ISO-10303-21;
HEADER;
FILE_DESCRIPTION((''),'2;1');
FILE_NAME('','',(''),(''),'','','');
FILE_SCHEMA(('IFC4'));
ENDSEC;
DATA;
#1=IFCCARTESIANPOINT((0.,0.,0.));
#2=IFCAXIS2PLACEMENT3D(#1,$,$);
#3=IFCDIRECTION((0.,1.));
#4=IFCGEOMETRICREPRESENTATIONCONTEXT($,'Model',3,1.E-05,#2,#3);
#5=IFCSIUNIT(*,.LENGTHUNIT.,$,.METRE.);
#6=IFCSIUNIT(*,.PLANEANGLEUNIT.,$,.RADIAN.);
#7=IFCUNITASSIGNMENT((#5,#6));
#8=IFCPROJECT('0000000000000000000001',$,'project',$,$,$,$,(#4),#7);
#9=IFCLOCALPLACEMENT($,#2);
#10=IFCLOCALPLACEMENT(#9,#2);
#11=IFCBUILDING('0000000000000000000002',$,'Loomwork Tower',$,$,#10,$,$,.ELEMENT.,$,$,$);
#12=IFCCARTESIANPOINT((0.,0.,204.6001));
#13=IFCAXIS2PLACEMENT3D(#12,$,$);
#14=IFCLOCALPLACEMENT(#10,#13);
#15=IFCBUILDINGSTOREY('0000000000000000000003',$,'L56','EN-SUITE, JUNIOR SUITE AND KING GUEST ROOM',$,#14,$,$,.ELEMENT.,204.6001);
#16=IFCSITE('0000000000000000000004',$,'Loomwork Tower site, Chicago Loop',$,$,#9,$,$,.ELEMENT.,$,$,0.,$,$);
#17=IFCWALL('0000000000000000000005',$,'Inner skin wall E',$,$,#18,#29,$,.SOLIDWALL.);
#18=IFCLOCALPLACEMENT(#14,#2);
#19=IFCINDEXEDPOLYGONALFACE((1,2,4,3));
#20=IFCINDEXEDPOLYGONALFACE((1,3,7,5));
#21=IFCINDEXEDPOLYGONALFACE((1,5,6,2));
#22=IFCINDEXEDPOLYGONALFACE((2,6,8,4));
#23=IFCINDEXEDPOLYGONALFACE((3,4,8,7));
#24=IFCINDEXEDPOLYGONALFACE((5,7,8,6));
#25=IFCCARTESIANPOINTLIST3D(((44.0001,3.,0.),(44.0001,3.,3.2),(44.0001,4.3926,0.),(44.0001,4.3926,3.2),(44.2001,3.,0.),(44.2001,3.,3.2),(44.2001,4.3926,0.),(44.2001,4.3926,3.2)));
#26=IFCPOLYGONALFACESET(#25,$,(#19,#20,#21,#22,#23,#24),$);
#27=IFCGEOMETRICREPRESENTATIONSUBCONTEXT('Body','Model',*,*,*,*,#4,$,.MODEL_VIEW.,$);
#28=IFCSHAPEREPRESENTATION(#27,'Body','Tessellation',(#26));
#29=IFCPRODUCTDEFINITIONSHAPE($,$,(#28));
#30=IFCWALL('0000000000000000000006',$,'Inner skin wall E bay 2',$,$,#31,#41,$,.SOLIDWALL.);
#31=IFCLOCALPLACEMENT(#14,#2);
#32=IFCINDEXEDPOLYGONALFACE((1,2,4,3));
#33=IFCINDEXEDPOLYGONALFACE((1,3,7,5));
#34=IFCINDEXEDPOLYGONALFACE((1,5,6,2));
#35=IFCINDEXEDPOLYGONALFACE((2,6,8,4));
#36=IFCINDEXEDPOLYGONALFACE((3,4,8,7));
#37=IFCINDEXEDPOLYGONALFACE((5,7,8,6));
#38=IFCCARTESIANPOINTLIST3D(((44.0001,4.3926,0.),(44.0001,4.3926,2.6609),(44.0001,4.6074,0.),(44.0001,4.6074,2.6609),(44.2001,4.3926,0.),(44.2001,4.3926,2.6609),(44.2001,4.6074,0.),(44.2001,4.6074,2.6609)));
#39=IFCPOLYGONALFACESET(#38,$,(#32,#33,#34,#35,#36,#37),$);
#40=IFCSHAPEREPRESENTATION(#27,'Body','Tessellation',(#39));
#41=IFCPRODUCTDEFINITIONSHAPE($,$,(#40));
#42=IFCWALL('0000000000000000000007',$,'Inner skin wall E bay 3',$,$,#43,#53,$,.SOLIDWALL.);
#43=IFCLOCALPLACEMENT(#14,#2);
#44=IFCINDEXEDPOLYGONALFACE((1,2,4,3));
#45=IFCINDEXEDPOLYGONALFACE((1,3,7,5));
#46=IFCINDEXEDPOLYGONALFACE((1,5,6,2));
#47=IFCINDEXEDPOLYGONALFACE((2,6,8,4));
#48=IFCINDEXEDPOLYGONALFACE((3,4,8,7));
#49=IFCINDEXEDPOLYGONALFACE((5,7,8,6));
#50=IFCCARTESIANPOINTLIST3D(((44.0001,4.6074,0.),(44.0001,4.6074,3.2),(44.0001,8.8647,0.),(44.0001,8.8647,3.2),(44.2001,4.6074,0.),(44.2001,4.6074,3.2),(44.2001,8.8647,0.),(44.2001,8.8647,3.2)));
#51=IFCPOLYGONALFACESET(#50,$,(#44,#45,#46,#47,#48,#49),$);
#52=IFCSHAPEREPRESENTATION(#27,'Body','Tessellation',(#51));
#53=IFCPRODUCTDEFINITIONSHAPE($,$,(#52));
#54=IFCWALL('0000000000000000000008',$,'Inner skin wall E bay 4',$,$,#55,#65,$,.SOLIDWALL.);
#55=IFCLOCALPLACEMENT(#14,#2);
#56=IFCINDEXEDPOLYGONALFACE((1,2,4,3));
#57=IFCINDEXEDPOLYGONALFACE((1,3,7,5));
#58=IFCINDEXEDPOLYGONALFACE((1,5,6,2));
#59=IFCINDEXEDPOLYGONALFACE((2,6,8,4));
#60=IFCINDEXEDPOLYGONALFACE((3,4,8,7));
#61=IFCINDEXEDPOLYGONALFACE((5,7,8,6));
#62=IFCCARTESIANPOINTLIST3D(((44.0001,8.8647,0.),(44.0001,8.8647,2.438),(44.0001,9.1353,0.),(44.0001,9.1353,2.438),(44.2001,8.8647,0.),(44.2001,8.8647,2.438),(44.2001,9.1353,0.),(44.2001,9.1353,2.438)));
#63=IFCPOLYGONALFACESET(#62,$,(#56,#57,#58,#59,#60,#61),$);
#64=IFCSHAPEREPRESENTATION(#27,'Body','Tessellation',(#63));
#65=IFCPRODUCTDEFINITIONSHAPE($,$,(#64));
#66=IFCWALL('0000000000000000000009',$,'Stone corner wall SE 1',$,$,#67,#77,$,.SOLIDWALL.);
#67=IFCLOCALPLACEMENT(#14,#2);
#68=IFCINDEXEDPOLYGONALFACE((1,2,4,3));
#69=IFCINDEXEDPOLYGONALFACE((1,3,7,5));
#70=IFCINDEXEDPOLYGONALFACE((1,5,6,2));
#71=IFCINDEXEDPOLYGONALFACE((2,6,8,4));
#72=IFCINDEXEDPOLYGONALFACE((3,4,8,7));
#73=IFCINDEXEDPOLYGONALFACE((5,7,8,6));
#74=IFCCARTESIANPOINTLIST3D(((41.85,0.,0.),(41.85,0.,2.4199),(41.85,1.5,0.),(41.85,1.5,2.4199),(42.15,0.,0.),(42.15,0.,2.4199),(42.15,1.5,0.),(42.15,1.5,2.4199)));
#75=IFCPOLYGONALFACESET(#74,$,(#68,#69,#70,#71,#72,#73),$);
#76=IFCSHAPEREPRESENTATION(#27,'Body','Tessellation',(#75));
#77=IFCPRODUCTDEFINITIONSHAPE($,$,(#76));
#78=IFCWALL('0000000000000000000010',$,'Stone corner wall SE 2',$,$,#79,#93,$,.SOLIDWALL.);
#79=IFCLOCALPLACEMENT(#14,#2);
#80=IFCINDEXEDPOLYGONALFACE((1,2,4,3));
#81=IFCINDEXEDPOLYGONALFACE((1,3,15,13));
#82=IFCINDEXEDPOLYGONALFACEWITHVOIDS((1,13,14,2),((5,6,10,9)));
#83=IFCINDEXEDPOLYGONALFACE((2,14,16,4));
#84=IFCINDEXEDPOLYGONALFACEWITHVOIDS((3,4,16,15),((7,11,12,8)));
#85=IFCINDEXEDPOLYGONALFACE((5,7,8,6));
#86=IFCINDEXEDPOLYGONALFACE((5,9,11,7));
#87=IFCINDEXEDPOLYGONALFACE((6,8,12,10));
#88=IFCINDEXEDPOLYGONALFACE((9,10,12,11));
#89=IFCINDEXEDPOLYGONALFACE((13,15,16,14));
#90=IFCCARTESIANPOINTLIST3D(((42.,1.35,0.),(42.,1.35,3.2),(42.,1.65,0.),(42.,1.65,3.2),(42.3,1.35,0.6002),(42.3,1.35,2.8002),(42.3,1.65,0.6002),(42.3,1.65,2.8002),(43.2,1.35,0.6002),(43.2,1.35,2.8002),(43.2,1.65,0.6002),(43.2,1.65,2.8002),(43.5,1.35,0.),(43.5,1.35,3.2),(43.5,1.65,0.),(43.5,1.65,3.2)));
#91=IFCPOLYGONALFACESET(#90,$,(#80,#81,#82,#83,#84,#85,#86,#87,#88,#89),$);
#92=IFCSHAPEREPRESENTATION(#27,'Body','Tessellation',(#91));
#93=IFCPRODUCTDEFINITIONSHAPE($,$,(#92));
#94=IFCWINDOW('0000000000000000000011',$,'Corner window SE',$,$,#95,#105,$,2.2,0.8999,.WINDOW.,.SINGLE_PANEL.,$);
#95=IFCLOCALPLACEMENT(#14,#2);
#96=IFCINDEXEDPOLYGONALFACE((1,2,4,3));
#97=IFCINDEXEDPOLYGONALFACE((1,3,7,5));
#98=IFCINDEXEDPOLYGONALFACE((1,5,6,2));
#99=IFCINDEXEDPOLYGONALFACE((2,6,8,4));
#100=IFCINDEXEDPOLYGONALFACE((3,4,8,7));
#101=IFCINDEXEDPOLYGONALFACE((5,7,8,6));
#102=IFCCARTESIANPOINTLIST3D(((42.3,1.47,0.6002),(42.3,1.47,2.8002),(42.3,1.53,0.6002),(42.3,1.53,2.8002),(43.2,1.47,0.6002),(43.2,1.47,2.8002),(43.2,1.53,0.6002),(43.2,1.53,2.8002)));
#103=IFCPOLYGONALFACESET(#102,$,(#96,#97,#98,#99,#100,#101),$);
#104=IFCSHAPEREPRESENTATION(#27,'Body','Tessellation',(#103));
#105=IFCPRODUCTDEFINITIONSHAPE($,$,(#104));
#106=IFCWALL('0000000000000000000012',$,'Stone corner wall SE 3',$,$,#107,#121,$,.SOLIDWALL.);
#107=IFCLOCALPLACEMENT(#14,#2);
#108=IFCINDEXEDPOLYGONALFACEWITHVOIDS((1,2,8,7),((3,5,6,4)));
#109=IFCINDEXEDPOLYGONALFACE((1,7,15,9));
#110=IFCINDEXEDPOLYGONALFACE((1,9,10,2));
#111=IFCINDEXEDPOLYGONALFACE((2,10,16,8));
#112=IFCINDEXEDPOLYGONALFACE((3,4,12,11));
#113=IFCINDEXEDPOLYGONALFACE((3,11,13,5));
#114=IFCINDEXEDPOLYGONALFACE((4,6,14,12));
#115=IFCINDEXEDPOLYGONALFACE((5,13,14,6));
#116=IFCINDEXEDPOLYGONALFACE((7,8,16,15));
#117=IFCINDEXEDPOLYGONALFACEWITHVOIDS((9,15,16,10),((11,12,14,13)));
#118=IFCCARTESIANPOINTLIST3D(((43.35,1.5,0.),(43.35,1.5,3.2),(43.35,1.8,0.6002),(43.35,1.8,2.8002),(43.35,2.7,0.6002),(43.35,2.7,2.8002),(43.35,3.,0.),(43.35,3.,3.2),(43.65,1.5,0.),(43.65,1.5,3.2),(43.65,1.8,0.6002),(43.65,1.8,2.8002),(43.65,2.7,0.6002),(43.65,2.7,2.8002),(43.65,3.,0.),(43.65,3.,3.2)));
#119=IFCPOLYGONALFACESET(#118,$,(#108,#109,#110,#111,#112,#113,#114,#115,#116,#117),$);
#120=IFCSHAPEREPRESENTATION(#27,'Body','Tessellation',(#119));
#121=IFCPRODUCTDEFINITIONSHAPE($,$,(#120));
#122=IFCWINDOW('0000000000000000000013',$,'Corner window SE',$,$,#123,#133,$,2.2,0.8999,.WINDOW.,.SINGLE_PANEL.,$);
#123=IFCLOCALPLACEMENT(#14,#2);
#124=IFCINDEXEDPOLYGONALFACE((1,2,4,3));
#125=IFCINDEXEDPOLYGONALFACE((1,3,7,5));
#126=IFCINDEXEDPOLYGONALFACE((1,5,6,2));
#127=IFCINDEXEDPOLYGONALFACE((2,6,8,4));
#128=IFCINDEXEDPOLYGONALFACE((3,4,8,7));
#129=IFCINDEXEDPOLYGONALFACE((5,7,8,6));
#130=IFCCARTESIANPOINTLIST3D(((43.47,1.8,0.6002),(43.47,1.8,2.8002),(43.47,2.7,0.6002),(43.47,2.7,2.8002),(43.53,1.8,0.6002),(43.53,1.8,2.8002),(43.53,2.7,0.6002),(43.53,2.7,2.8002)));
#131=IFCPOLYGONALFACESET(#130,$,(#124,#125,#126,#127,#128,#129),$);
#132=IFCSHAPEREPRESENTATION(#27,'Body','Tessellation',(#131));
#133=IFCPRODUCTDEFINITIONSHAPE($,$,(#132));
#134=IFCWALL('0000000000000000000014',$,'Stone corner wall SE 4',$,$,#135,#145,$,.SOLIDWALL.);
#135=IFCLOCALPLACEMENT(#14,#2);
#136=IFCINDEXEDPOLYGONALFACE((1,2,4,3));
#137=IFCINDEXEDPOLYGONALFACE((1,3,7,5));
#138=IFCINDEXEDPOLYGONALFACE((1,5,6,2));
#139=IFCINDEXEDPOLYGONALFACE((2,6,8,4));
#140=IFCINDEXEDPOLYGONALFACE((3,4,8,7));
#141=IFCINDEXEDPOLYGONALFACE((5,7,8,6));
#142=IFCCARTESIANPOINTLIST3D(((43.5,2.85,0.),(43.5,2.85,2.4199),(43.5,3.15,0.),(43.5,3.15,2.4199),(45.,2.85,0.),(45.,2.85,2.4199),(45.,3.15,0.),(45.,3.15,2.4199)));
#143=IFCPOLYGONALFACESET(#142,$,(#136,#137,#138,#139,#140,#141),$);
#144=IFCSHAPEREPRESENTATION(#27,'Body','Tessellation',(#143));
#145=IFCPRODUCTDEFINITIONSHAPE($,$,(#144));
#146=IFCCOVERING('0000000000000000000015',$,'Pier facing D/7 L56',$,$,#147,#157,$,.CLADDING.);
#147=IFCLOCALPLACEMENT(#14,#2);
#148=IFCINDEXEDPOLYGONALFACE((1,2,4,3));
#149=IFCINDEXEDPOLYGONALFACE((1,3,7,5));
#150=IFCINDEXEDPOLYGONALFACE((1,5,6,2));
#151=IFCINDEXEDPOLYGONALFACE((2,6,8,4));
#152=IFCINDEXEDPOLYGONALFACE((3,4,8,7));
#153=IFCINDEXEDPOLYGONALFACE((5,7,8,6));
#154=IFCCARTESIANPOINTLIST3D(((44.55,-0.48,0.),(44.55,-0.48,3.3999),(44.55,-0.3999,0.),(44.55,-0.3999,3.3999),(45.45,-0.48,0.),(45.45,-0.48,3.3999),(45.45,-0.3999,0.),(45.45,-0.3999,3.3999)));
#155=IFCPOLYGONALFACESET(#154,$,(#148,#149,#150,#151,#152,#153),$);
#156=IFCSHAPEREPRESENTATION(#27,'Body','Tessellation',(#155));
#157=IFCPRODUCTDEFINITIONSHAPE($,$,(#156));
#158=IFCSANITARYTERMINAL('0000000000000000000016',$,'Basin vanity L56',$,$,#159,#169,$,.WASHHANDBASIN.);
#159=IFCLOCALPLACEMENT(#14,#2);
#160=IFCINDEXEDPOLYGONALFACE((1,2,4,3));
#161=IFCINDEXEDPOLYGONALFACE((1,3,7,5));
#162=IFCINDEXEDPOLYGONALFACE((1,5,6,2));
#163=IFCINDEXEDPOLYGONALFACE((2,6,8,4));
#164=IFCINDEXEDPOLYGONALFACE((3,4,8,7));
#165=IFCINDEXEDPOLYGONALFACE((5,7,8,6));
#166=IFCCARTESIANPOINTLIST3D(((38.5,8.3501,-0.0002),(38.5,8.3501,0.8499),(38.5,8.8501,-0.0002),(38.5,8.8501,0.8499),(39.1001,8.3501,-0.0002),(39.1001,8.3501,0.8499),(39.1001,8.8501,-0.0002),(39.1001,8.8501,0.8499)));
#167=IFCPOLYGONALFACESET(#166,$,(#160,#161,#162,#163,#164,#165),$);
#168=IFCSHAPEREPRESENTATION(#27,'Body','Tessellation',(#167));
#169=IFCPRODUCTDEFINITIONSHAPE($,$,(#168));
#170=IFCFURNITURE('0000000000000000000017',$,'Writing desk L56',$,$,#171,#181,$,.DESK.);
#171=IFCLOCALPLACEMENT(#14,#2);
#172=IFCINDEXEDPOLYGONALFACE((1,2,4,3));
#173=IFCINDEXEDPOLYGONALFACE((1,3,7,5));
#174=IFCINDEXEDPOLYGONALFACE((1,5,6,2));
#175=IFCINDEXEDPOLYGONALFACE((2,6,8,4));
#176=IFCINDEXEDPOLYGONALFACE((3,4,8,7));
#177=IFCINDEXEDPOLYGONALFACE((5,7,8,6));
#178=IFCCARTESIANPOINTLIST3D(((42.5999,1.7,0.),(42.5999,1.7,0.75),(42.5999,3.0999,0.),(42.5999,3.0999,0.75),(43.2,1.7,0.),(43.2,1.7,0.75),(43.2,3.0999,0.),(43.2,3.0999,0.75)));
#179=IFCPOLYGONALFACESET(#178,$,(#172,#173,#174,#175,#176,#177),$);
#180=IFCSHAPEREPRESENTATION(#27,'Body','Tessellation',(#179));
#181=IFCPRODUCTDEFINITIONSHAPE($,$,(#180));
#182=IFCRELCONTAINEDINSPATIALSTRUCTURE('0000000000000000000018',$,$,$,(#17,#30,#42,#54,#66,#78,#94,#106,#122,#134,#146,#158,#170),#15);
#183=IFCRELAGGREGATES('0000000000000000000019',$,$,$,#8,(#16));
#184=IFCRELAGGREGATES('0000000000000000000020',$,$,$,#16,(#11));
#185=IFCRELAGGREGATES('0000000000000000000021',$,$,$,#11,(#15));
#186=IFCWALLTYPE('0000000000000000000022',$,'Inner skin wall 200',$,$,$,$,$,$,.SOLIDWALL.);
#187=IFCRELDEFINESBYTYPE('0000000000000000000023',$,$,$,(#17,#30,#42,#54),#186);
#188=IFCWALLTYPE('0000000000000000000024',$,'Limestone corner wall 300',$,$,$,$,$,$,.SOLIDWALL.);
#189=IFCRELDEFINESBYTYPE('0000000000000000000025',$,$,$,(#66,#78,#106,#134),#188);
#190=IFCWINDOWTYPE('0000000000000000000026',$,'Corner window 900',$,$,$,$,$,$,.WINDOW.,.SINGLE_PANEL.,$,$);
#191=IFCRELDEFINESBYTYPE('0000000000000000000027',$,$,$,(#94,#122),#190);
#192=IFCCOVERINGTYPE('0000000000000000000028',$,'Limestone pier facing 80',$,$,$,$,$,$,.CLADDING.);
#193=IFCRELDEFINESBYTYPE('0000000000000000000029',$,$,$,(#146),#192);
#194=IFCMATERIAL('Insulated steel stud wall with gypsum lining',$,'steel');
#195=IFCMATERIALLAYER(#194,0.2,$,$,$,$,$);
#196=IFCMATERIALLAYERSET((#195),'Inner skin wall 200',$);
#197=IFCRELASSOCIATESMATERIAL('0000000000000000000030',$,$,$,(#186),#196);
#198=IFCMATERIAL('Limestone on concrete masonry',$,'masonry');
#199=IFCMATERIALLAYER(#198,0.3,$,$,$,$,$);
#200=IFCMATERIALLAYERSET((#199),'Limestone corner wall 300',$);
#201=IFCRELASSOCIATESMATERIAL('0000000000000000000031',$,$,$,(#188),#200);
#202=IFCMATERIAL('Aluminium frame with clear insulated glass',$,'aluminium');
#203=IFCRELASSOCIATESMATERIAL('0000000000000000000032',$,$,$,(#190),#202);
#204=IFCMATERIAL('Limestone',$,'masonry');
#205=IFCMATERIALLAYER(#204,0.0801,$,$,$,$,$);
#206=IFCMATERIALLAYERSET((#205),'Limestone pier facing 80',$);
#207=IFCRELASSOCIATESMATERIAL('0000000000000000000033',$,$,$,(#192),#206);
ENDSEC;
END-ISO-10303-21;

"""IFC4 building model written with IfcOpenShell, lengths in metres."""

from ifc_helpers import new_model, si_unit, direction, frame, frame_2d, origin, origin_2d, place, context, subcontext, project, spatial, rectangle, extrude, material, layer, layer_set, type_object, element, fill, save


model = new_model("IFC4")

# Units and contexts
model_context = context("Model", 3, precision=1e-05, world=origin(), true_north=direction((0.0, 1.0)))
body_context = subcontext(model_context, "Body", "Model", "MODEL_VIEW")
ifc_project = project(units=[si_unit("LENGTHUNIT", "METRE"), si_unit("PLANEANGLEUNIT", "RADIAN")], contexts=[model_context])

# Site, building, storey
site_placement = place(None, origin())
site = spatial("IfcSite", under=ifc_project, at=site_placement, Name="Loomwork Tower site, Chicago Loop", CompositionType="ELEMENT", RefElevation=0.0)
building_placement = place(site_placement, origin())
building = spatial("IfcBuilding", under=site, at=building_placement, Name="Loomwork Tower", CompositionType="ELEMENT")
storey_placement = place(building_placement, frame((0.0, 0.0, 204.6001)))
storey = spatial("IfcBuildingStorey", under=building, at=storey_placement, Name="L56", Description="EN-SUITE, JUNIOR SUITE AND KING GUEST ROOM", CompositionType="ELEMENT", Elevation=204.6001)

# Walls
ifc_material_1 = material(Name="Insulated steel stud wall with gypsum lining", Category="steel")
ifc_layer_1 = layer(ifc_material_1, 0.2)
ifc_layer_set_1 = layer_set([ifc_layer_1], Name="Inner skin wall 200")
wall_type_1 = type_object("IfcWallType", Name="Inner skin wall 200", PredefinedType="SOLIDWALL", material=ifc_layer_set_1)
wall_1_placement = place(storey_placement, frame((44.1001, 3.0, 0.0), z_axis=(0.0, 0.0, 1.0), x_axis=(0.0, 1.0, 0.0)))
element("IfcWall", 1, at=wall_1_placement, inside=storey, type_object=wall_type_1, Name="Inner skin wall E", PredefinedType="SOLIDWALL", context=body_context, shape_type="SweptSolid", body=[
    extrude(rectangle(XDim=1.3926, YDim=0.2, at=frame_2d((0.6963, 0.0))), origin(), (0.0, 0.0, 1.0), 3.2),
])
wall_2_placement = place(storey_placement, frame((44.1001, 4.3926, 0.0), z_axis=(0.0, 0.0, 1.0), x_axis=(0.0, 1.0, 0.0)))
element("IfcWall", 2, at=wall_2_placement, inside=storey, type_object=wall_type_1, Name="Inner skin wall E bay 2", PredefinedType="SOLIDWALL", context=body_context, shape_type="SweptSolid", body=[
    extrude(rectangle(XDim=0.2148, YDim=0.2, at=frame_2d((0.1074, 0.0))), origin(), (0.0, 0.0, 1.0), 2.6609),
])
wall_3_placement = place(storey_placement, frame((44.1001, 4.6074, 0.0), z_axis=(0.0, 0.0, 1.0), x_axis=(0.0, 1.0, 0.0)))
element("IfcWall", 3, at=wall_3_placement, inside=storey, type_object=wall_type_1, Name="Inner skin wall E bay 3", PredefinedType="SOLIDWALL", context=body_context, shape_type="SweptSolid", body=[
    extrude(rectangle(XDim=4.2573, YDim=0.2, at=frame_2d((2.1287, 0.0))), origin(), (0.0, 0.0, 1.0), 3.2),
])
wall_4_placement = place(storey_placement, frame((44.1001, 8.8647, 0.0), z_axis=(0.0, 0.0, 1.0), x_axis=(0.0, 1.0, 0.0)))
element("IfcWall", 4, at=wall_4_placement, inside=storey, type_object=wall_type_1, Name="Inner skin wall E bay 4", PredefinedType="SOLIDWALL", context=body_context, shape_type="SweptSolid", body=[
    extrude(rectangle(XDim=0.2705, YDim=0.2, at=frame_2d((0.1353, 0.0))), origin(), (0.0, 0.0, 1.0), 2.438),
])
ifc_material_2 = material(Name="Limestone on concrete masonry", Category="masonry")
ifc_layer_2 = layer(ifc_material_2, 0.3)
ifc_layer_set_2 = layer_set([ifc_layer_2], Name="Limestone corner wall 300")
wall_type_2 = type_object("IfcWallType", Name="Limestone corner wall 300", PredefinedType="SOLIDWALL", material=ifc_layer_set_2)
wall_5_placement = place(storey_placement, frame((42.0, 0.0, 0.0), z_axis=(0.0, 0.0, 1.0), x_axis=(0.0, 1.0, 0.0)))
element("IfcWall", 5, at=wall_5_placement, inside=storey, type_object=wall_type_2, Name="Stone corner wall SE 1", PredefinedType="SOLIDWALL", context=body_context, shape_type="SweptSolid", body=[
    extrude(rectangle(XDim=1.5, YDim=0.3, at=frame_2d((0.75, 0.0))), origin(), (0.0, 0.0, 1.0), 2.4199),
])

# Walls, openings, windows
wall_6_placement = place(storey_placement, frame((42.0, 1.5, 0.0), z_axis=(0.0, 0.0, 1.0), x_axis=(1.0, 0.0, 0.0)))
wall_6 = element("IfcWall", 6, at=wall_6_placement, inside=storey, type_object=wall_type_2, Name="Stone corner wall SE 2", PredefinedType="SOLIDWALL", context=body_context, shape_type="SweptSolid", body=[
    extrude(rectangle(XDim=1.5, YDim=0.3, at=frame_2d((0.75, 0.0))), origin(), (0.0, 0.0, 1.0), 3.2),
])
opening_1_placement = place(wall_6_placement, frame((0.3, 0.0, 0.6001)))
opening_1 = element("IfcOpeningElement", 7, at=opening_1_placement, cuts=wall_6, PredefinedType="OPENING", context=body_context, shape_type="SweptSolid", body=[
    extrude(rectangle(XDim=0.8999, YDim=2.2, at=frame_2d((0.45, 1.1001))), frame((0.0, 0.1599, 0.0), z_axis=(0.0, -1.0, 0.0), x_axis=(1.0, 0.0, 0.0)), (0.0, 0.0, 1.0), 0.3201),
])
ifc_material_3 = material(Name="Aluminium frame with clear insulated glass", Category="aluminium")
window_type = type_object("IfcWindowType", Name="Corner window 900", PartitioningType="SINGLE_PANEL", PredefinedType="WINDOW", material=ifc_material_3)
window_1_placement = place(opening_1_placement, origin())
window_1 = element("IfcWindow", 8, at=window_1_placement, inside=storey, type_object=window_type, Name="Corner window SE", OverallHeight=2.2, OverallWidth=0.8999, PartitioningType="SINGLE_PANEL", PredefinedType="WINDOW", context=body_context, shape_type="SweptSolid", body=[
    extrude(rectangle(XDim=0.8999, YDim=2.2, at=frame_2d((0.45, 1.1001))), frame((0.0, 0.03, 0.0), z_axis=(0.0, -1.0, 0.0), x_axis=(1.0, 0.0, 0.0)), (0.0, 0.0, 1.0), 0.0601),
])
fill(opening_1, window_1)
wall_7_placement = place(storey_placement, frame((43.5, 1.5, 0.0), z_axis=(0.0, 0.0, 1.0), x_axis=(0.0, 1.0, 0.0)))
wall_7 = element("IfcWall", 9, at=wall_7_placement, inside=storey, type_object=wall_type_2, Name="Stone corner wall SE 3", PredefinedType="SOLIDWALL", context=body_context, shape_type="SweptSolid", body=[
    extrude(rectangle(XDim=1.5, YDim=0.3, at=frame_2d((0.75, 0.0))), origin(), (0.0, 0.0, 1.0), 3.2),
])
opening_2_placement = place(wall_7_placement, frame((0.3, 0.0, 0.6001)))
opening_2 = element("IfcOpeningElement", 10, at=opening_2_placement, cuts=wall_7, PredefinedType="OPENING", context=body_context, shape_type="SweptSolid", body=[
    extrude(rectangle(XDim=0.8999, YDim=2.2, at=frame_2d((0.45, 1.1001))), frame((0.0, 0.1599, 0.0), z_axis=(0.0, -1.0, 0.0), x_axis=(1.0, 0.0, 0.0)), (0.0, 0.0, 1.0), 0.3201),
])
window_2_placement = place(opening_2_placement, origin())
window_2 = element("IfcWindow", 11, at=window_2_placement, inside=storey, type_object=window_type, Name="Corner window SE", OverallHeight=2.2, OverallWidth=0.8999, PartitioningType="SINGLE_PANEL", PredefinedType="WINDOW", context=body_context, shape_type="SweptSolid", body=[
    extrude(rectangle(XDim=0.8999, YDim=2.2, at=frame_2d((0.45, 1.1001))), frame((0.0, 0.03, 0.0), z_axis=(0.0, -1.0, 0.0), x_axis=(1.0, 0.0, 0.0)), (0.0, 0.0, 1.0), 0.0601),
])
fill(opening_2, window_2)

# Wall
wall_8_placement = place(storey_placement, frame((43.5, 3.0, 0.0), z_axis=(0.0, 0.0, 1.0), x_axis=(1.0, 0.0, 0.0)))
element("IfcWall", 12, at=wall_8_placement, inside=storey, type_object=wall_type_2, Name="Stone corner wall SE 4", PredefinedType="SOLIDWALL", context=body_context, shape_type="SweptSolid", body=[
    extrude(rectangle(XDim=1.5, YDim=0.3, at=frame_2d((0.75, 0.0))), origin(), (0.0, 0.0, 1.0), 2.4199),
])

# Covering
ifc_material_4 = material(Name="Limestone", Category="masonry")
ifc_layer_3 = layer(ifc_material_4, 0.0801)
ifc_layer_set_3 = layer_set([ifc_layer_3], Name="Limestone pier facing 80")
covering_type = type_object("IfcCoveringType", Name="Limestone pier facing 80", PredefinedType="CLADDING", material=ifc_layer_set_3)
covering_placement = place(storey_placement, frame((45.0, -0.4399, 0.0), z_axis=(0.0, 0.0, 1.0), x_axis=(1.0, 0.0, 0.0)))
element("IfcCovering", 13, at=covering_placement, inside=storey, type_object=covering_type, Name="Pier facing D/7 L56", PredefinedType="CLADDING", context=body_context, shape_type="SweptSolid", body=[
    extrude(rectangle(XDim=0.8999, YDim=0.0801, at=origin_2d()), origin(), (0.0, 0.0, 1.0), 3.3999),
])

# Sanitary terminal
sanitary_terminal_placement = place(storey_placement, frame((38.8, 8.6001, -0.0002), z_axis=(0.0, 0.0, 1.0), x_axis=(1.0, 0.0, 0.0)))
element("IfcSanitaryTerminal", 14, at=sanitary_terminal_placement, inside=storey, Name="Basin vanity L56", PredefinedType="WASHHANDBASIN", context=body_context, shape_type="SweptSolid", body=[
    extrude(rectangle(XDim=0.6001, YDim=0.5, at=origin_2d()), origin(), (0.0, 0.0, 1.0), 0.8501),
])

# Furniture
furniture_1_placement = place(storey_placement, frame((42.8999, 2.3999, 0.0), z_axis=(0.0, 0.0, 1.0), x_axis=(1.0, 0.0, 0.0)))
element("IfcFurniture", 15, at=furniture_1_placement, inside=storey, Name="Writing desk L56", PredefinedType="DESK", context=body_context, shape_type="SweptSolid", body=[
    extrude(rectangle(XDim=0.6001, YDim=1.3999, at=origin_2d()), origin(), (0.0, 0.0, 1.0), 0.75),
])

save(model, "model.ifc")
